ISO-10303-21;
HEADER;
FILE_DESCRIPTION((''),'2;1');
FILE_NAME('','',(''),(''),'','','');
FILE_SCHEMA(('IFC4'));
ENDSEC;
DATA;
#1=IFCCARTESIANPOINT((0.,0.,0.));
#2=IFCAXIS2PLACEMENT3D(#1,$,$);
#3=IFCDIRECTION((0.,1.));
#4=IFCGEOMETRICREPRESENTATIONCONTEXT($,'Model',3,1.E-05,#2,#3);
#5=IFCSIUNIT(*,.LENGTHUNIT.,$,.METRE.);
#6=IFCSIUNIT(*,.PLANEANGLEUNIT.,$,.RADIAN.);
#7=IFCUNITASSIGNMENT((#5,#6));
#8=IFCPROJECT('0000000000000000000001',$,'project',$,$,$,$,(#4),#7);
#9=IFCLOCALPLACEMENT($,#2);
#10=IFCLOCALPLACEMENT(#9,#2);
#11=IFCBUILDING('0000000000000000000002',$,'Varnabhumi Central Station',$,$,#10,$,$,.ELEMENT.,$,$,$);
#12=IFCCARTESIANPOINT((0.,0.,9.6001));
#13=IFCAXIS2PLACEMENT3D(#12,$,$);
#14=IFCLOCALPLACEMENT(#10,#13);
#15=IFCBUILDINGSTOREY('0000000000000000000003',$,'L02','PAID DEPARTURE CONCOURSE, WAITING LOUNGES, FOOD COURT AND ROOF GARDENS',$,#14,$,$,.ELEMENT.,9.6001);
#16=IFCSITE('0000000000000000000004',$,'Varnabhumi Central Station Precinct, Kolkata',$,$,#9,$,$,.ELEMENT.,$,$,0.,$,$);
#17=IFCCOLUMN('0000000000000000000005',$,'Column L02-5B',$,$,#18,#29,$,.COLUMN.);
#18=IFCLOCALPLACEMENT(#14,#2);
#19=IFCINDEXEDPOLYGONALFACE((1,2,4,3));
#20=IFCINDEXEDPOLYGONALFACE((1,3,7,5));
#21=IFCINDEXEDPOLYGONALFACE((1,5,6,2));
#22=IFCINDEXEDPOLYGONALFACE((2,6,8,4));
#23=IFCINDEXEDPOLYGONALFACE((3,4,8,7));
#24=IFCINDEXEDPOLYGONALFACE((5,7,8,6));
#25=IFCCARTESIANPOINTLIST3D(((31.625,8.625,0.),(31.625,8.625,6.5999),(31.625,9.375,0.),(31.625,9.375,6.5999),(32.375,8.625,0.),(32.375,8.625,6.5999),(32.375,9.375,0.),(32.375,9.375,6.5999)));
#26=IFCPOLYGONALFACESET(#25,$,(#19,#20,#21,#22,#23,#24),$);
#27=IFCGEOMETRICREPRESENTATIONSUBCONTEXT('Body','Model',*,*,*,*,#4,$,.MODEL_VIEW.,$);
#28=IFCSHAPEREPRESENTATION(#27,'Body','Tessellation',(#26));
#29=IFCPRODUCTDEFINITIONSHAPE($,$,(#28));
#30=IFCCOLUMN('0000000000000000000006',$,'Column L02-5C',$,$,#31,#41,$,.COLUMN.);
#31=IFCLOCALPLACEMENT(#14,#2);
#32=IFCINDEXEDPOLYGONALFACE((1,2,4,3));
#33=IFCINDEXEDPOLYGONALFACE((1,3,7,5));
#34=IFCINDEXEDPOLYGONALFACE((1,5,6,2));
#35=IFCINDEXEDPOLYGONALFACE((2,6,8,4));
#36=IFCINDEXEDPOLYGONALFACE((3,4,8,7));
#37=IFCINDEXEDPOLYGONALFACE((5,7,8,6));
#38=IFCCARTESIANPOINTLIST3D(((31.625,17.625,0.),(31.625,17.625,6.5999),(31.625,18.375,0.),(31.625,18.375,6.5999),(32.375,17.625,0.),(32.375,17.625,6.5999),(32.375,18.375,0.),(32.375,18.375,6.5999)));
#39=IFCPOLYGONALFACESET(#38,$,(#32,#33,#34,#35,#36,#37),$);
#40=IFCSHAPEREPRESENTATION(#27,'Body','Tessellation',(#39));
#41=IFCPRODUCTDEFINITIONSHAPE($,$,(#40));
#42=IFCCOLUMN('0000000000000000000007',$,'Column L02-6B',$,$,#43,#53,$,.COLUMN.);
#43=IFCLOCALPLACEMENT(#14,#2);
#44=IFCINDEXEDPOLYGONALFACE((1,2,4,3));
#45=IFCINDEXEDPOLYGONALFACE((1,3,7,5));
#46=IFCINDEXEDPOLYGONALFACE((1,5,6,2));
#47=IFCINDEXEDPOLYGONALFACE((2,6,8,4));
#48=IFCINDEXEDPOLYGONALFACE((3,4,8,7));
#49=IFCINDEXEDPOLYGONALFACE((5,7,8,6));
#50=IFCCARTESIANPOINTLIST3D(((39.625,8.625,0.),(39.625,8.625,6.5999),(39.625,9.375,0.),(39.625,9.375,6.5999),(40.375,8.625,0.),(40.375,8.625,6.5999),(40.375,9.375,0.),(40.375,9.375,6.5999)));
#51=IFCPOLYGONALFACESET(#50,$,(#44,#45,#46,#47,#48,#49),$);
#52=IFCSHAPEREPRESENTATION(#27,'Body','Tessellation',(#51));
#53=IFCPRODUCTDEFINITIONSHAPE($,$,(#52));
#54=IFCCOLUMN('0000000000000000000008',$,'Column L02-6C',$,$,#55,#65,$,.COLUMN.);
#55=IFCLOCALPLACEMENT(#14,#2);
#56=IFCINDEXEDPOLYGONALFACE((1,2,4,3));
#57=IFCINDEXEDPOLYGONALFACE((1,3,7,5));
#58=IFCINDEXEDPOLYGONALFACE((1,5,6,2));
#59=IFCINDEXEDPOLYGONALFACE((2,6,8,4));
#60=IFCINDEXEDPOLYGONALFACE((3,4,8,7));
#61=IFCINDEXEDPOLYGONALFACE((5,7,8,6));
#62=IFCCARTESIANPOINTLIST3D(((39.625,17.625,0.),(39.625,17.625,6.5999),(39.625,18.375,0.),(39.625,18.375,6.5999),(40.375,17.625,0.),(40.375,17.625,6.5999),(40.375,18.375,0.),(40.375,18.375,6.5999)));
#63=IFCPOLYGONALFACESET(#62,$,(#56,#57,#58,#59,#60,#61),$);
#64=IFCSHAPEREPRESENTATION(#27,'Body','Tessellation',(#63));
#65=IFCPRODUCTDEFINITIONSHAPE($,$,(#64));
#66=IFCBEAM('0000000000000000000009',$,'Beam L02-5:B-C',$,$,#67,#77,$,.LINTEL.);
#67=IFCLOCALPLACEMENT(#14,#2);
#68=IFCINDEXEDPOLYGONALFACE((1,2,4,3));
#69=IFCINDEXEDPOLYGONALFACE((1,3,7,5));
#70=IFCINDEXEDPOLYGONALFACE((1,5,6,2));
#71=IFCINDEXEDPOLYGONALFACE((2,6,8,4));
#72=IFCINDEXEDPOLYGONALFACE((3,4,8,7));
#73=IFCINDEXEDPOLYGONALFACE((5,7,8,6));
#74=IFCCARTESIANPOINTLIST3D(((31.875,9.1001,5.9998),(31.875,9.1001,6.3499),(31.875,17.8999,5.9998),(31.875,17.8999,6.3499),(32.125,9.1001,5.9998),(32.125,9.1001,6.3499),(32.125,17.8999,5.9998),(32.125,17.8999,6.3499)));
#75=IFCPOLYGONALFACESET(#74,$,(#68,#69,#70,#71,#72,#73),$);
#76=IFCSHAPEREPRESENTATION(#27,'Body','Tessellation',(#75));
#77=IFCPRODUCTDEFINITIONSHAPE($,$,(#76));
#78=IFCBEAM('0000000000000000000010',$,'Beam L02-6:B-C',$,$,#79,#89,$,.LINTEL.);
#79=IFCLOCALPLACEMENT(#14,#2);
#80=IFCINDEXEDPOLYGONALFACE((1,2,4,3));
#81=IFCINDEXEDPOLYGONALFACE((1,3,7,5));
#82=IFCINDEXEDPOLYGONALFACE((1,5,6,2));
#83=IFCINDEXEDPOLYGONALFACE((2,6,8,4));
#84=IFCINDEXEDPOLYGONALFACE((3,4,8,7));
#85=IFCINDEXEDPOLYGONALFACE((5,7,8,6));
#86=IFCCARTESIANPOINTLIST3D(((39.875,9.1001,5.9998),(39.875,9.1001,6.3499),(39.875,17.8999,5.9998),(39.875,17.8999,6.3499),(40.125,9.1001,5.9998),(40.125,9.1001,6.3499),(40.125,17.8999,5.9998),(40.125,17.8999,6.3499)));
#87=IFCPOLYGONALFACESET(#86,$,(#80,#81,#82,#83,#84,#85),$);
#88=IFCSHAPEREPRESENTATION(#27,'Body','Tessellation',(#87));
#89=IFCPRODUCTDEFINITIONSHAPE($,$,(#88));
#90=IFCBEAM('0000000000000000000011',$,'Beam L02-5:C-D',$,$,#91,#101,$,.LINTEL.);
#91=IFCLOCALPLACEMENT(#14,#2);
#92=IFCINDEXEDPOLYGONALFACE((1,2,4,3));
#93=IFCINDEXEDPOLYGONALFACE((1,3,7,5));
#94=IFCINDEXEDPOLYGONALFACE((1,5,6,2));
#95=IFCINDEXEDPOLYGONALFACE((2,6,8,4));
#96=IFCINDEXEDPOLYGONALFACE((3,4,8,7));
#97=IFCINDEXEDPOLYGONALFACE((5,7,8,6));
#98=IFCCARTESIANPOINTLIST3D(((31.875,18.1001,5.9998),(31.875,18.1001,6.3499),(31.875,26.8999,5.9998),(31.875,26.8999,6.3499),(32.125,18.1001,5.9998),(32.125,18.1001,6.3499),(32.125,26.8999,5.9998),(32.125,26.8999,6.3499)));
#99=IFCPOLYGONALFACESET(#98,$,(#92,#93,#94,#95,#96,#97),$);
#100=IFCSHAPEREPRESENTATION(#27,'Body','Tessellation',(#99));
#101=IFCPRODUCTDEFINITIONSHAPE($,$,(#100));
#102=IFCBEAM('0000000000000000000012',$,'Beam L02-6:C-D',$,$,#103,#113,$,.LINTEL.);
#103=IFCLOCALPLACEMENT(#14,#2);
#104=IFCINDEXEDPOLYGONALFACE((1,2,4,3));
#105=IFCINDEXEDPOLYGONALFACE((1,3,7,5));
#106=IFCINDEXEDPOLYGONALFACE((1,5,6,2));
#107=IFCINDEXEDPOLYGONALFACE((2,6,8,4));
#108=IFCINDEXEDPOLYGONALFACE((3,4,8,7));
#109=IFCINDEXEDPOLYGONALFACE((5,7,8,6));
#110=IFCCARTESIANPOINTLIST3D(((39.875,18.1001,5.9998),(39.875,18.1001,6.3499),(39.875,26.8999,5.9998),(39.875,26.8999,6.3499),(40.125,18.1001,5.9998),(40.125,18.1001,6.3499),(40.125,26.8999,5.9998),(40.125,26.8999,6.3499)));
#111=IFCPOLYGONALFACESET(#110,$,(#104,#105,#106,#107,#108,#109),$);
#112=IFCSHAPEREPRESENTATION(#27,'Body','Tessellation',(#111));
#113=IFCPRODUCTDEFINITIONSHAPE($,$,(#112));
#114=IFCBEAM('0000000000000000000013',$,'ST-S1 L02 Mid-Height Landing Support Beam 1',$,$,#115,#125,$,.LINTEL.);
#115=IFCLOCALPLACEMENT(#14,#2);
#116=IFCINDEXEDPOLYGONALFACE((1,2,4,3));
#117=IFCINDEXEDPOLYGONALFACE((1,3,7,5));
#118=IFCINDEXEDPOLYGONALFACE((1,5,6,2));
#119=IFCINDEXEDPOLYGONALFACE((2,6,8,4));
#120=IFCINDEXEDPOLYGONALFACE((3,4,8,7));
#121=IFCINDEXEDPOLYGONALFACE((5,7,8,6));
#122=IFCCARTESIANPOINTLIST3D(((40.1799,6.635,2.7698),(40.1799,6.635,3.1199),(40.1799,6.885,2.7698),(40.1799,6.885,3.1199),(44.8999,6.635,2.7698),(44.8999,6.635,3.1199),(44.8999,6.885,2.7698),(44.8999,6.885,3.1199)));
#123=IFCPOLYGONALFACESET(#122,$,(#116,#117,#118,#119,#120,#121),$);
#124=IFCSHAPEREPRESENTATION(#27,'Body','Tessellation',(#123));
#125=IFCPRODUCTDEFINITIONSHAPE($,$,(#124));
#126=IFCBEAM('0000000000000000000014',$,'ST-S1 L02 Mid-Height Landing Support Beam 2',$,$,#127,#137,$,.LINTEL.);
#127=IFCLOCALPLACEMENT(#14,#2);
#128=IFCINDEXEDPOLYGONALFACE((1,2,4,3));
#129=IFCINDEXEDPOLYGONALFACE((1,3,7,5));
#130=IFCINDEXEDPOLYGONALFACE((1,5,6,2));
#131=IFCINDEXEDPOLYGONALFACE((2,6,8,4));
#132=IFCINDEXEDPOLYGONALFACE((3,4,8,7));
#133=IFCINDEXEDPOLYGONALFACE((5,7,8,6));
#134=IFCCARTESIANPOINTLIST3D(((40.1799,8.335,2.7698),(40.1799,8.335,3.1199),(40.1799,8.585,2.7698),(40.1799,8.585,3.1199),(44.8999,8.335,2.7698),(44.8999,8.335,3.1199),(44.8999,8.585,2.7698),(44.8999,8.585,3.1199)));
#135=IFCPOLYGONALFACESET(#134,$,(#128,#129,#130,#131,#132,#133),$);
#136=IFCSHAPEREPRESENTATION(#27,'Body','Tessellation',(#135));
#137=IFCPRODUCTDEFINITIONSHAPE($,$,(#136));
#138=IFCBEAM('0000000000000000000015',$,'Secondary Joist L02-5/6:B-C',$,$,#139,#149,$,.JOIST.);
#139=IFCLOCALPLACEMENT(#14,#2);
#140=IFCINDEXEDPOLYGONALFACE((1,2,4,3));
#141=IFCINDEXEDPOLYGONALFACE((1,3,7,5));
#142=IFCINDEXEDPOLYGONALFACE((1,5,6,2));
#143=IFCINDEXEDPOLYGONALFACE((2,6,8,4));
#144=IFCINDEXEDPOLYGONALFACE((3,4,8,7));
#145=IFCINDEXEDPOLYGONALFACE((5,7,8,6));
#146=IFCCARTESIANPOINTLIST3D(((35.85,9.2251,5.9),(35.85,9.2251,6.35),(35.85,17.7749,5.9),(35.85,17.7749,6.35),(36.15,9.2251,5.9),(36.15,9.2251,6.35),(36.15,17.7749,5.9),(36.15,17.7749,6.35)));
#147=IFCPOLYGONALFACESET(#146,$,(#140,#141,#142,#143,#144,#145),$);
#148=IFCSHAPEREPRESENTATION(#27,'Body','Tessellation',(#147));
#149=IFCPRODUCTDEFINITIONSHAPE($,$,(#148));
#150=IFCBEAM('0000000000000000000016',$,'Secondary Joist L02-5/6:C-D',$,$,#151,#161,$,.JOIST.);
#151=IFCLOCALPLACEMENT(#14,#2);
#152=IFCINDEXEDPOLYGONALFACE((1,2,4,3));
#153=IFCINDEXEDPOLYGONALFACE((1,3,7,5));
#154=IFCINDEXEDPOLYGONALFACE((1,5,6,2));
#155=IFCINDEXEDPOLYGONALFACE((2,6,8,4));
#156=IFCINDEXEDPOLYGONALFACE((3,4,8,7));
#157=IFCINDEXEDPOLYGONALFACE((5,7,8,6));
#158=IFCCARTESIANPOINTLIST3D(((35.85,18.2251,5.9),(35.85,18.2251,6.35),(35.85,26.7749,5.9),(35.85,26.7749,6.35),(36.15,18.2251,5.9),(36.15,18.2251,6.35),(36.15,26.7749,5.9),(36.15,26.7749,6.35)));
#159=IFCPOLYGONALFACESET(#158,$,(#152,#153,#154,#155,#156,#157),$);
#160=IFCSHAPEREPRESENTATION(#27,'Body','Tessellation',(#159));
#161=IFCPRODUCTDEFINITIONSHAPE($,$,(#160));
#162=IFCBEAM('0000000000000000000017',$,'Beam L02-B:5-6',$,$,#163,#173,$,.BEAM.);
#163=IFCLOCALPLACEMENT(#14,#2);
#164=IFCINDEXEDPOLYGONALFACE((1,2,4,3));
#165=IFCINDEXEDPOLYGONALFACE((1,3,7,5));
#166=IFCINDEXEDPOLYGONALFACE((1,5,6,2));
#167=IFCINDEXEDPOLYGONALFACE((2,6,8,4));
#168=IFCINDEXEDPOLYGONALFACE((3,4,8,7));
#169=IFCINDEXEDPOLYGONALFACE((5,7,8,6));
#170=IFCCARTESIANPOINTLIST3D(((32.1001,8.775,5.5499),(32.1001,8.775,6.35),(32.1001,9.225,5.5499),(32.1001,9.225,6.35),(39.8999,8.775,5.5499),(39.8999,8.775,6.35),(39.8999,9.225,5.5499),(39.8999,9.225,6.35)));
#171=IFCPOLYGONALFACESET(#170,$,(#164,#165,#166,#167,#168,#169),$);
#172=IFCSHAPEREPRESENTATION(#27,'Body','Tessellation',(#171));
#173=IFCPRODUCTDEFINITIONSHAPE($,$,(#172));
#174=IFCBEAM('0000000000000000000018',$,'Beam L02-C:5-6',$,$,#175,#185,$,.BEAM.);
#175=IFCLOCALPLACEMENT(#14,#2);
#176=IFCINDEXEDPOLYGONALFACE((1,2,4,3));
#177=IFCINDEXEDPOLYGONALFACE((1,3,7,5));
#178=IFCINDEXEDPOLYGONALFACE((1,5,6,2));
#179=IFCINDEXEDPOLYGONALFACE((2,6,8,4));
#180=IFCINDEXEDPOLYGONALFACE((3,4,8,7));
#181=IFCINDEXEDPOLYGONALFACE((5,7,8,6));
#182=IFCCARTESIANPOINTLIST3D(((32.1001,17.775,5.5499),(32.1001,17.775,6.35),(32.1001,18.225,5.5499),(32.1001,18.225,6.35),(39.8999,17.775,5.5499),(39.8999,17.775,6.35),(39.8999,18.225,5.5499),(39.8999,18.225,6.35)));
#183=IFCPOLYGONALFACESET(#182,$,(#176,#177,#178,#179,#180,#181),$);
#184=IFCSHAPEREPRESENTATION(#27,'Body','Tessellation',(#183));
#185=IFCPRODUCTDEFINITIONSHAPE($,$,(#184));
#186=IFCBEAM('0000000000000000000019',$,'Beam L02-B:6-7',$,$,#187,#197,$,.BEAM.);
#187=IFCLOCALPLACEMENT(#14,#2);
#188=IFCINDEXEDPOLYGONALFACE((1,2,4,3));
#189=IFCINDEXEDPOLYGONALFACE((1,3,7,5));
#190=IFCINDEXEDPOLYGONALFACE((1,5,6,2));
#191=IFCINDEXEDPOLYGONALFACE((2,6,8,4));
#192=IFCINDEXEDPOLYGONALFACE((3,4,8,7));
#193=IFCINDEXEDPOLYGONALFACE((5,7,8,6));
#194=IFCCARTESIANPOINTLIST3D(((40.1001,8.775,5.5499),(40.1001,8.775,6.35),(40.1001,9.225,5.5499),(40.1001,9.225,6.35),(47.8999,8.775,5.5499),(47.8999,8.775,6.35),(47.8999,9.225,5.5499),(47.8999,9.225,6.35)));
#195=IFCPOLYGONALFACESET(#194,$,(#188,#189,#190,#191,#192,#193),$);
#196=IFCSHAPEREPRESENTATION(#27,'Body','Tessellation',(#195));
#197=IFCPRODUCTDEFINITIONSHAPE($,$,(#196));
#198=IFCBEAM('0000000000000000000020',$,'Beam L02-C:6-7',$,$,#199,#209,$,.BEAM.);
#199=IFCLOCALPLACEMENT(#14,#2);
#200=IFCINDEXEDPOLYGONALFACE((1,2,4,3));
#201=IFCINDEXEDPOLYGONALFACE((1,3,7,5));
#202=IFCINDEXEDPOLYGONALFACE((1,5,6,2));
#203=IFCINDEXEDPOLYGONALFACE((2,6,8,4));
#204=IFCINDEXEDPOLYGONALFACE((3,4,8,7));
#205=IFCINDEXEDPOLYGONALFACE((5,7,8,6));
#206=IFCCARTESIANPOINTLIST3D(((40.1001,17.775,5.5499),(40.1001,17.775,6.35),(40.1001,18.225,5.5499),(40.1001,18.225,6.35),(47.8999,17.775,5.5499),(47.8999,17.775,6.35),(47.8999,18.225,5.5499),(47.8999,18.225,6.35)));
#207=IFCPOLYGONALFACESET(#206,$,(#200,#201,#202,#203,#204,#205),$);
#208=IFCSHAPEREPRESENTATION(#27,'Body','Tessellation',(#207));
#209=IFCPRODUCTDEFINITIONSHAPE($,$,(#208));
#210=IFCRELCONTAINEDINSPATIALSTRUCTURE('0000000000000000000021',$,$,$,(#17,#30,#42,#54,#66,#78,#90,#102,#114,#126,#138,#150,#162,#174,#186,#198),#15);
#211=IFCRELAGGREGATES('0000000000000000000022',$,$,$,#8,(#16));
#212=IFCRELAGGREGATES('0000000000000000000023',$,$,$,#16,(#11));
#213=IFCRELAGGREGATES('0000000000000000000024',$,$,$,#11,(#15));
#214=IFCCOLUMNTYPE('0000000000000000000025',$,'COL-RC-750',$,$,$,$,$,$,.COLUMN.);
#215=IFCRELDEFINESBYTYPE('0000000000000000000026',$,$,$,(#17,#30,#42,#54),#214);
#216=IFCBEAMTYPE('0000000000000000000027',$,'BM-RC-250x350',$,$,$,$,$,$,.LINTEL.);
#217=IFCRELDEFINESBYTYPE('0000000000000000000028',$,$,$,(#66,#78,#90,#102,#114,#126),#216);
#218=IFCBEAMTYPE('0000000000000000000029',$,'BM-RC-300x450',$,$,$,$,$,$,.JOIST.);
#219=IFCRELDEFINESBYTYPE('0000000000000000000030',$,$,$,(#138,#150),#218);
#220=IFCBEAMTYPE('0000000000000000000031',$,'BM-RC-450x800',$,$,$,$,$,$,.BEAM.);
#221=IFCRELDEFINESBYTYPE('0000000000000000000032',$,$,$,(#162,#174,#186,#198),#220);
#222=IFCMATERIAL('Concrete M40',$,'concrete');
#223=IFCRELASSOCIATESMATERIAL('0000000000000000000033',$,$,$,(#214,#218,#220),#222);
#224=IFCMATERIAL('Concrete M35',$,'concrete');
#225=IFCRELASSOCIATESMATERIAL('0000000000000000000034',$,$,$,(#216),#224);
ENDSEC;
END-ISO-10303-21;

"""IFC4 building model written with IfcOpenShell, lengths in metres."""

from ifc_helpers import new_model, si_unit, direction, frame, origin, origin_2d, place, context, subcontext, project, spatial, rectangle, extrude, material, material_profile, profile_set, type_object, element, save


model = new_model("IFC4")

# Units and contexts
model_context = context("Model", 3, precision=1e-05, world=origin(), true_north=direction((0.0, 1.0)))
body_context = subcontext(model_context, "Body", "Model", "MODEL_VIEW")
ifc_project = project(units=[si_unit("LENGTHUNIT", "METRE"), si_unit("PLANEANGLEUNIT", "RADIAN")], contexts=[model_context])

# Site, building, storey
site_placement = place(None, origin())
site = spatial("IfcSite", under=ifc_project, at=site_placement, Name="Varnabhumi Central Station Precinct, Kolkata", CompositionType="ELEMENT", RefElevation=0.0)
building_placement = place(site_placement, origin())
building = spatial("IfcBuilding", under=site, at=building_placement, Name="Varnabhumi Central Station", CompositionType="ELEMENT")
storey_placement = place(building_placement, frame((0.0, 0.0, 9.6001)))
storey = spatial("IfcBuildingStorey", under=building, at=storey_placement, Name="L02", Description="PAID DEPARTURE CONCOURSE, WAITING LOUNGES, FOOD COURT AND ROOF GARDENS", CompositionType="ELEMENT", Elevation=9.6001)

# Columns
ifc_material_1 = material(Name="Concrete M40", Category="concrete")
ifc_material_profile_1 = material_profile(ifc_material_1, rectangle(XDim=0.75, YDim=0.75, at=origin_2d()), Name="Concrete M40", Category="concrete")
ifc_profile_set_1 = profile_set([ifc_material_profile_1], Name="Concrete M40")
column_type = type_object("IfcColumnType", Name="COL-RC-750", PredefinedType="COLUMN", material=ifc_profile_set_1)
for number, where, z_axis, x_axis, name in (
    (1, (32.0, 9.0, 0.0), (0.0, 0.0, 1.0), (1.0, 0.0, 0.0), "Column L02-5B"),
    (2, (32.0, 18.0, 0.0), (0.0, 0.0, 1.0), (1.0, 0.0, 0.0), "Column L02-5C"),
    (3, (40.0, 9.0, 0.0), (0.0, 0.0, 1.0), (1.0, 0.0, 0.0), "Column L02-6B"),
    (4, (40.0, 18.0, 0.0), (0.0, 0.0, 1.0), (1.0, 0.0, 0.0), "Column L02-6C"),
):
    element("IfcColumn", number, at=place(storey_placement, frame(where, z_axis=z_axis, x_axis=x_axis)), inside=storey, type_object=column_type, Name=name, PredefinedType="COLUMN", context=body_context, shape_type="SweptSolid", body=[
        extrude(rectangle(XDim=0.75, YDim=0.75, at=origin_2d()), origin(), (0.0, 0.0, 1.0), 6.5999),
    ])

# Beams
ifc_material_2 = material(Name="Concrete M35", Category="concrete")
ifc_material_profile_2 = material_profile(ifc_material_2, rectangle(XDim=0.25, YDim=0.3501, at=origin_2d()), Name="Concrete M35", Category="concrete")
ifc_profile_set_2 = profile_set([ifc_material_profile_2], Name="Concrete M35")
beam_type_1 = type_object("IfcBeamType", Name="BM-RC-250x350", PredefinedType="LINTEL", material=ifc_profile_set_2)
for number, where, z_axis, x_axis, name in (
    (5, (32.0, 9.1001, 6.1748), (0.0, 1.0, 0.0), (-1.0, 0.0, 0.0), "Beam L02-5:B-C"),
    (6, (40.0, 9.1001, 6.1748), (0.0, 1.0, 0.0), (-1.0, 0.0, 0.0), "Beam L02-6:B-C"),
    (7, (32.0, 18.1001, 6.1748), (0.0, 1.0, 0.0), (-1.0, 0.0, 0.0), "Beam L02-5:C-D"),
    (8, (40.0, 18.1001, 6.1748), (0.0, 1.0, 0.0), (-1.0, 0.0, 0.0), "Beam L02-6:C-D"),
):
    element("IfcBeam", number, at=place(storey_placement, frame(where, z_axis=z_axis, x_axis=x_axis)), inside=storey, type_object=beam_type_1, Name=name, PredefinedType="LINTEL", context=body_context, shape_type="SweptSolid", body=[
        extrude(rectangle(XDim=0.25, YDim=0.3501, at=origin_2d()), origin(), (0.0, 0.0, 1.0), 8.7998),
    ])
for number, where, z_axis, x_axis, name in (
    (9, (40.1799, 6.76, 2.9448), (1.0, 0.0, 0.0), (0.0, 1.0, 0.0), "ST-S1 L02 Mid-Height Landing Support Beam 1"),
    (10, (40.1799, 8.46, 2.9448), (1.0, 0.0, 0.0), (0.0, 1.0, 0.0), "ST-S1 L02 Mid-Height Landing Support Beam 2"),
):
    element("IfcBeam", number, at=place(storey_placement, frame(where, z_axis=z_axis, x_axis=x_axis)), inside=storey, type_object=beam_type_1, Name=name, PredefinedType="LINTEL", context=body_context, shape_type="SweptSolid", body=[
        extrude(rectangle(XDim=0.25, YDim=0.3501, at=origin_2d()), origin(), (0.0, 0.0, 1.0), 4.72),
    ])
ifc_material_profile_3 = material_profile(ifc_material_1, rectangle(XDim=0.3, YDim=0.45, at=origin_2d()), Name="Concrete M40", Category="concrete")
ifc_profile_set_3 = profile_set([ifc_material_profile_3], Name="Concrete M40")
beam_type_2 = type_object("IfcBeamType", Name="BM-RC-300x450", PredefinedType="JOIST", material=ifc_profile_set_3)
for number, where, z_axis, x_axis, name in (
    (11, (36.0, 9.2251, 6.125), (0.0, 1.0, 0.0), (-1.0, 0.0, 0.0), "Secondary Joist L02-5/6:B-C"),
    (12, (36.0, 18.2251, 6.125), (0.0, 1.0, 0.0), (-1.0, 0.0, 0.0), "Secondary Joist L02-5/6:C-D"),
):
    element("IfcBeam", number, at=place(storey_placement, frame(where, z_axis=z_axis, x_axis=x_axis)), inside=storey, type_object=beam_type_2, Name=name, PredefinedType="JOIST", context=body_context, shape_type="SweptSolid", body=[
        extrude(rectangle(XDim=0.3, YDim=0.45, at=origin_2d()), origin(), (0.0, 0.0, 1.0), 8.5498),
    ])
ifc_material_profile_4 = material_profile(ifc_material_1, rectangle(XDim=0.45, YDim=0.8, at=origin_2d()), Name="Concrete M40", Category="concrete")
ifc_profile_set_4 = profile_set([ifc_material_profile_4], Name="Concrete M40")
beam_type_3 = type_object("IfcBeamType", Name="BM-RC-450x800", PredefinedType="BEAM", material=ifc_profile_set_4)
for number, where, z_axis, x_axis, name in (
    (13, (32.1001, 9.0, 5.95), (1.0, 0.0, 0.0), (0.0, 1.0, 0.0), "Beam L02-B:5-6"),
    (14, (32.1001, 18.0, 5.95), (1.0, 0.0, 0.0), (0.0, 1.0, 0.0), "Beam L02-C:5-6"),
    (15, (40.1001, 9.0, 5.95), (1.0, 0.0, 0.0), (0.0, 1.0, 0.0), "Beam L02-B:6-7"),
    (16, (40.1001, 18.0, 5.95), (1.0, 0.0, 0.0), (0.0, 1.0, 0.0), "Beam L02-C:6-7"),
):
    element("IfcBeam", number, at=place(storey_placement, frame(where, z_axis=z_axis, x_axis=x_axis)), inside=storey, type_object=beam_type_3, Name=name, PredefinedType="BEAM", context=body_context, shape_type="SweptSolid", body=[
        extrude(rectangle(XDim=0.45, YDim=0.8, at=origin_2d()), origin(), (0.0, 0.0, 1.0), 7.7998),
    ])

save(model, "model.ifc")
